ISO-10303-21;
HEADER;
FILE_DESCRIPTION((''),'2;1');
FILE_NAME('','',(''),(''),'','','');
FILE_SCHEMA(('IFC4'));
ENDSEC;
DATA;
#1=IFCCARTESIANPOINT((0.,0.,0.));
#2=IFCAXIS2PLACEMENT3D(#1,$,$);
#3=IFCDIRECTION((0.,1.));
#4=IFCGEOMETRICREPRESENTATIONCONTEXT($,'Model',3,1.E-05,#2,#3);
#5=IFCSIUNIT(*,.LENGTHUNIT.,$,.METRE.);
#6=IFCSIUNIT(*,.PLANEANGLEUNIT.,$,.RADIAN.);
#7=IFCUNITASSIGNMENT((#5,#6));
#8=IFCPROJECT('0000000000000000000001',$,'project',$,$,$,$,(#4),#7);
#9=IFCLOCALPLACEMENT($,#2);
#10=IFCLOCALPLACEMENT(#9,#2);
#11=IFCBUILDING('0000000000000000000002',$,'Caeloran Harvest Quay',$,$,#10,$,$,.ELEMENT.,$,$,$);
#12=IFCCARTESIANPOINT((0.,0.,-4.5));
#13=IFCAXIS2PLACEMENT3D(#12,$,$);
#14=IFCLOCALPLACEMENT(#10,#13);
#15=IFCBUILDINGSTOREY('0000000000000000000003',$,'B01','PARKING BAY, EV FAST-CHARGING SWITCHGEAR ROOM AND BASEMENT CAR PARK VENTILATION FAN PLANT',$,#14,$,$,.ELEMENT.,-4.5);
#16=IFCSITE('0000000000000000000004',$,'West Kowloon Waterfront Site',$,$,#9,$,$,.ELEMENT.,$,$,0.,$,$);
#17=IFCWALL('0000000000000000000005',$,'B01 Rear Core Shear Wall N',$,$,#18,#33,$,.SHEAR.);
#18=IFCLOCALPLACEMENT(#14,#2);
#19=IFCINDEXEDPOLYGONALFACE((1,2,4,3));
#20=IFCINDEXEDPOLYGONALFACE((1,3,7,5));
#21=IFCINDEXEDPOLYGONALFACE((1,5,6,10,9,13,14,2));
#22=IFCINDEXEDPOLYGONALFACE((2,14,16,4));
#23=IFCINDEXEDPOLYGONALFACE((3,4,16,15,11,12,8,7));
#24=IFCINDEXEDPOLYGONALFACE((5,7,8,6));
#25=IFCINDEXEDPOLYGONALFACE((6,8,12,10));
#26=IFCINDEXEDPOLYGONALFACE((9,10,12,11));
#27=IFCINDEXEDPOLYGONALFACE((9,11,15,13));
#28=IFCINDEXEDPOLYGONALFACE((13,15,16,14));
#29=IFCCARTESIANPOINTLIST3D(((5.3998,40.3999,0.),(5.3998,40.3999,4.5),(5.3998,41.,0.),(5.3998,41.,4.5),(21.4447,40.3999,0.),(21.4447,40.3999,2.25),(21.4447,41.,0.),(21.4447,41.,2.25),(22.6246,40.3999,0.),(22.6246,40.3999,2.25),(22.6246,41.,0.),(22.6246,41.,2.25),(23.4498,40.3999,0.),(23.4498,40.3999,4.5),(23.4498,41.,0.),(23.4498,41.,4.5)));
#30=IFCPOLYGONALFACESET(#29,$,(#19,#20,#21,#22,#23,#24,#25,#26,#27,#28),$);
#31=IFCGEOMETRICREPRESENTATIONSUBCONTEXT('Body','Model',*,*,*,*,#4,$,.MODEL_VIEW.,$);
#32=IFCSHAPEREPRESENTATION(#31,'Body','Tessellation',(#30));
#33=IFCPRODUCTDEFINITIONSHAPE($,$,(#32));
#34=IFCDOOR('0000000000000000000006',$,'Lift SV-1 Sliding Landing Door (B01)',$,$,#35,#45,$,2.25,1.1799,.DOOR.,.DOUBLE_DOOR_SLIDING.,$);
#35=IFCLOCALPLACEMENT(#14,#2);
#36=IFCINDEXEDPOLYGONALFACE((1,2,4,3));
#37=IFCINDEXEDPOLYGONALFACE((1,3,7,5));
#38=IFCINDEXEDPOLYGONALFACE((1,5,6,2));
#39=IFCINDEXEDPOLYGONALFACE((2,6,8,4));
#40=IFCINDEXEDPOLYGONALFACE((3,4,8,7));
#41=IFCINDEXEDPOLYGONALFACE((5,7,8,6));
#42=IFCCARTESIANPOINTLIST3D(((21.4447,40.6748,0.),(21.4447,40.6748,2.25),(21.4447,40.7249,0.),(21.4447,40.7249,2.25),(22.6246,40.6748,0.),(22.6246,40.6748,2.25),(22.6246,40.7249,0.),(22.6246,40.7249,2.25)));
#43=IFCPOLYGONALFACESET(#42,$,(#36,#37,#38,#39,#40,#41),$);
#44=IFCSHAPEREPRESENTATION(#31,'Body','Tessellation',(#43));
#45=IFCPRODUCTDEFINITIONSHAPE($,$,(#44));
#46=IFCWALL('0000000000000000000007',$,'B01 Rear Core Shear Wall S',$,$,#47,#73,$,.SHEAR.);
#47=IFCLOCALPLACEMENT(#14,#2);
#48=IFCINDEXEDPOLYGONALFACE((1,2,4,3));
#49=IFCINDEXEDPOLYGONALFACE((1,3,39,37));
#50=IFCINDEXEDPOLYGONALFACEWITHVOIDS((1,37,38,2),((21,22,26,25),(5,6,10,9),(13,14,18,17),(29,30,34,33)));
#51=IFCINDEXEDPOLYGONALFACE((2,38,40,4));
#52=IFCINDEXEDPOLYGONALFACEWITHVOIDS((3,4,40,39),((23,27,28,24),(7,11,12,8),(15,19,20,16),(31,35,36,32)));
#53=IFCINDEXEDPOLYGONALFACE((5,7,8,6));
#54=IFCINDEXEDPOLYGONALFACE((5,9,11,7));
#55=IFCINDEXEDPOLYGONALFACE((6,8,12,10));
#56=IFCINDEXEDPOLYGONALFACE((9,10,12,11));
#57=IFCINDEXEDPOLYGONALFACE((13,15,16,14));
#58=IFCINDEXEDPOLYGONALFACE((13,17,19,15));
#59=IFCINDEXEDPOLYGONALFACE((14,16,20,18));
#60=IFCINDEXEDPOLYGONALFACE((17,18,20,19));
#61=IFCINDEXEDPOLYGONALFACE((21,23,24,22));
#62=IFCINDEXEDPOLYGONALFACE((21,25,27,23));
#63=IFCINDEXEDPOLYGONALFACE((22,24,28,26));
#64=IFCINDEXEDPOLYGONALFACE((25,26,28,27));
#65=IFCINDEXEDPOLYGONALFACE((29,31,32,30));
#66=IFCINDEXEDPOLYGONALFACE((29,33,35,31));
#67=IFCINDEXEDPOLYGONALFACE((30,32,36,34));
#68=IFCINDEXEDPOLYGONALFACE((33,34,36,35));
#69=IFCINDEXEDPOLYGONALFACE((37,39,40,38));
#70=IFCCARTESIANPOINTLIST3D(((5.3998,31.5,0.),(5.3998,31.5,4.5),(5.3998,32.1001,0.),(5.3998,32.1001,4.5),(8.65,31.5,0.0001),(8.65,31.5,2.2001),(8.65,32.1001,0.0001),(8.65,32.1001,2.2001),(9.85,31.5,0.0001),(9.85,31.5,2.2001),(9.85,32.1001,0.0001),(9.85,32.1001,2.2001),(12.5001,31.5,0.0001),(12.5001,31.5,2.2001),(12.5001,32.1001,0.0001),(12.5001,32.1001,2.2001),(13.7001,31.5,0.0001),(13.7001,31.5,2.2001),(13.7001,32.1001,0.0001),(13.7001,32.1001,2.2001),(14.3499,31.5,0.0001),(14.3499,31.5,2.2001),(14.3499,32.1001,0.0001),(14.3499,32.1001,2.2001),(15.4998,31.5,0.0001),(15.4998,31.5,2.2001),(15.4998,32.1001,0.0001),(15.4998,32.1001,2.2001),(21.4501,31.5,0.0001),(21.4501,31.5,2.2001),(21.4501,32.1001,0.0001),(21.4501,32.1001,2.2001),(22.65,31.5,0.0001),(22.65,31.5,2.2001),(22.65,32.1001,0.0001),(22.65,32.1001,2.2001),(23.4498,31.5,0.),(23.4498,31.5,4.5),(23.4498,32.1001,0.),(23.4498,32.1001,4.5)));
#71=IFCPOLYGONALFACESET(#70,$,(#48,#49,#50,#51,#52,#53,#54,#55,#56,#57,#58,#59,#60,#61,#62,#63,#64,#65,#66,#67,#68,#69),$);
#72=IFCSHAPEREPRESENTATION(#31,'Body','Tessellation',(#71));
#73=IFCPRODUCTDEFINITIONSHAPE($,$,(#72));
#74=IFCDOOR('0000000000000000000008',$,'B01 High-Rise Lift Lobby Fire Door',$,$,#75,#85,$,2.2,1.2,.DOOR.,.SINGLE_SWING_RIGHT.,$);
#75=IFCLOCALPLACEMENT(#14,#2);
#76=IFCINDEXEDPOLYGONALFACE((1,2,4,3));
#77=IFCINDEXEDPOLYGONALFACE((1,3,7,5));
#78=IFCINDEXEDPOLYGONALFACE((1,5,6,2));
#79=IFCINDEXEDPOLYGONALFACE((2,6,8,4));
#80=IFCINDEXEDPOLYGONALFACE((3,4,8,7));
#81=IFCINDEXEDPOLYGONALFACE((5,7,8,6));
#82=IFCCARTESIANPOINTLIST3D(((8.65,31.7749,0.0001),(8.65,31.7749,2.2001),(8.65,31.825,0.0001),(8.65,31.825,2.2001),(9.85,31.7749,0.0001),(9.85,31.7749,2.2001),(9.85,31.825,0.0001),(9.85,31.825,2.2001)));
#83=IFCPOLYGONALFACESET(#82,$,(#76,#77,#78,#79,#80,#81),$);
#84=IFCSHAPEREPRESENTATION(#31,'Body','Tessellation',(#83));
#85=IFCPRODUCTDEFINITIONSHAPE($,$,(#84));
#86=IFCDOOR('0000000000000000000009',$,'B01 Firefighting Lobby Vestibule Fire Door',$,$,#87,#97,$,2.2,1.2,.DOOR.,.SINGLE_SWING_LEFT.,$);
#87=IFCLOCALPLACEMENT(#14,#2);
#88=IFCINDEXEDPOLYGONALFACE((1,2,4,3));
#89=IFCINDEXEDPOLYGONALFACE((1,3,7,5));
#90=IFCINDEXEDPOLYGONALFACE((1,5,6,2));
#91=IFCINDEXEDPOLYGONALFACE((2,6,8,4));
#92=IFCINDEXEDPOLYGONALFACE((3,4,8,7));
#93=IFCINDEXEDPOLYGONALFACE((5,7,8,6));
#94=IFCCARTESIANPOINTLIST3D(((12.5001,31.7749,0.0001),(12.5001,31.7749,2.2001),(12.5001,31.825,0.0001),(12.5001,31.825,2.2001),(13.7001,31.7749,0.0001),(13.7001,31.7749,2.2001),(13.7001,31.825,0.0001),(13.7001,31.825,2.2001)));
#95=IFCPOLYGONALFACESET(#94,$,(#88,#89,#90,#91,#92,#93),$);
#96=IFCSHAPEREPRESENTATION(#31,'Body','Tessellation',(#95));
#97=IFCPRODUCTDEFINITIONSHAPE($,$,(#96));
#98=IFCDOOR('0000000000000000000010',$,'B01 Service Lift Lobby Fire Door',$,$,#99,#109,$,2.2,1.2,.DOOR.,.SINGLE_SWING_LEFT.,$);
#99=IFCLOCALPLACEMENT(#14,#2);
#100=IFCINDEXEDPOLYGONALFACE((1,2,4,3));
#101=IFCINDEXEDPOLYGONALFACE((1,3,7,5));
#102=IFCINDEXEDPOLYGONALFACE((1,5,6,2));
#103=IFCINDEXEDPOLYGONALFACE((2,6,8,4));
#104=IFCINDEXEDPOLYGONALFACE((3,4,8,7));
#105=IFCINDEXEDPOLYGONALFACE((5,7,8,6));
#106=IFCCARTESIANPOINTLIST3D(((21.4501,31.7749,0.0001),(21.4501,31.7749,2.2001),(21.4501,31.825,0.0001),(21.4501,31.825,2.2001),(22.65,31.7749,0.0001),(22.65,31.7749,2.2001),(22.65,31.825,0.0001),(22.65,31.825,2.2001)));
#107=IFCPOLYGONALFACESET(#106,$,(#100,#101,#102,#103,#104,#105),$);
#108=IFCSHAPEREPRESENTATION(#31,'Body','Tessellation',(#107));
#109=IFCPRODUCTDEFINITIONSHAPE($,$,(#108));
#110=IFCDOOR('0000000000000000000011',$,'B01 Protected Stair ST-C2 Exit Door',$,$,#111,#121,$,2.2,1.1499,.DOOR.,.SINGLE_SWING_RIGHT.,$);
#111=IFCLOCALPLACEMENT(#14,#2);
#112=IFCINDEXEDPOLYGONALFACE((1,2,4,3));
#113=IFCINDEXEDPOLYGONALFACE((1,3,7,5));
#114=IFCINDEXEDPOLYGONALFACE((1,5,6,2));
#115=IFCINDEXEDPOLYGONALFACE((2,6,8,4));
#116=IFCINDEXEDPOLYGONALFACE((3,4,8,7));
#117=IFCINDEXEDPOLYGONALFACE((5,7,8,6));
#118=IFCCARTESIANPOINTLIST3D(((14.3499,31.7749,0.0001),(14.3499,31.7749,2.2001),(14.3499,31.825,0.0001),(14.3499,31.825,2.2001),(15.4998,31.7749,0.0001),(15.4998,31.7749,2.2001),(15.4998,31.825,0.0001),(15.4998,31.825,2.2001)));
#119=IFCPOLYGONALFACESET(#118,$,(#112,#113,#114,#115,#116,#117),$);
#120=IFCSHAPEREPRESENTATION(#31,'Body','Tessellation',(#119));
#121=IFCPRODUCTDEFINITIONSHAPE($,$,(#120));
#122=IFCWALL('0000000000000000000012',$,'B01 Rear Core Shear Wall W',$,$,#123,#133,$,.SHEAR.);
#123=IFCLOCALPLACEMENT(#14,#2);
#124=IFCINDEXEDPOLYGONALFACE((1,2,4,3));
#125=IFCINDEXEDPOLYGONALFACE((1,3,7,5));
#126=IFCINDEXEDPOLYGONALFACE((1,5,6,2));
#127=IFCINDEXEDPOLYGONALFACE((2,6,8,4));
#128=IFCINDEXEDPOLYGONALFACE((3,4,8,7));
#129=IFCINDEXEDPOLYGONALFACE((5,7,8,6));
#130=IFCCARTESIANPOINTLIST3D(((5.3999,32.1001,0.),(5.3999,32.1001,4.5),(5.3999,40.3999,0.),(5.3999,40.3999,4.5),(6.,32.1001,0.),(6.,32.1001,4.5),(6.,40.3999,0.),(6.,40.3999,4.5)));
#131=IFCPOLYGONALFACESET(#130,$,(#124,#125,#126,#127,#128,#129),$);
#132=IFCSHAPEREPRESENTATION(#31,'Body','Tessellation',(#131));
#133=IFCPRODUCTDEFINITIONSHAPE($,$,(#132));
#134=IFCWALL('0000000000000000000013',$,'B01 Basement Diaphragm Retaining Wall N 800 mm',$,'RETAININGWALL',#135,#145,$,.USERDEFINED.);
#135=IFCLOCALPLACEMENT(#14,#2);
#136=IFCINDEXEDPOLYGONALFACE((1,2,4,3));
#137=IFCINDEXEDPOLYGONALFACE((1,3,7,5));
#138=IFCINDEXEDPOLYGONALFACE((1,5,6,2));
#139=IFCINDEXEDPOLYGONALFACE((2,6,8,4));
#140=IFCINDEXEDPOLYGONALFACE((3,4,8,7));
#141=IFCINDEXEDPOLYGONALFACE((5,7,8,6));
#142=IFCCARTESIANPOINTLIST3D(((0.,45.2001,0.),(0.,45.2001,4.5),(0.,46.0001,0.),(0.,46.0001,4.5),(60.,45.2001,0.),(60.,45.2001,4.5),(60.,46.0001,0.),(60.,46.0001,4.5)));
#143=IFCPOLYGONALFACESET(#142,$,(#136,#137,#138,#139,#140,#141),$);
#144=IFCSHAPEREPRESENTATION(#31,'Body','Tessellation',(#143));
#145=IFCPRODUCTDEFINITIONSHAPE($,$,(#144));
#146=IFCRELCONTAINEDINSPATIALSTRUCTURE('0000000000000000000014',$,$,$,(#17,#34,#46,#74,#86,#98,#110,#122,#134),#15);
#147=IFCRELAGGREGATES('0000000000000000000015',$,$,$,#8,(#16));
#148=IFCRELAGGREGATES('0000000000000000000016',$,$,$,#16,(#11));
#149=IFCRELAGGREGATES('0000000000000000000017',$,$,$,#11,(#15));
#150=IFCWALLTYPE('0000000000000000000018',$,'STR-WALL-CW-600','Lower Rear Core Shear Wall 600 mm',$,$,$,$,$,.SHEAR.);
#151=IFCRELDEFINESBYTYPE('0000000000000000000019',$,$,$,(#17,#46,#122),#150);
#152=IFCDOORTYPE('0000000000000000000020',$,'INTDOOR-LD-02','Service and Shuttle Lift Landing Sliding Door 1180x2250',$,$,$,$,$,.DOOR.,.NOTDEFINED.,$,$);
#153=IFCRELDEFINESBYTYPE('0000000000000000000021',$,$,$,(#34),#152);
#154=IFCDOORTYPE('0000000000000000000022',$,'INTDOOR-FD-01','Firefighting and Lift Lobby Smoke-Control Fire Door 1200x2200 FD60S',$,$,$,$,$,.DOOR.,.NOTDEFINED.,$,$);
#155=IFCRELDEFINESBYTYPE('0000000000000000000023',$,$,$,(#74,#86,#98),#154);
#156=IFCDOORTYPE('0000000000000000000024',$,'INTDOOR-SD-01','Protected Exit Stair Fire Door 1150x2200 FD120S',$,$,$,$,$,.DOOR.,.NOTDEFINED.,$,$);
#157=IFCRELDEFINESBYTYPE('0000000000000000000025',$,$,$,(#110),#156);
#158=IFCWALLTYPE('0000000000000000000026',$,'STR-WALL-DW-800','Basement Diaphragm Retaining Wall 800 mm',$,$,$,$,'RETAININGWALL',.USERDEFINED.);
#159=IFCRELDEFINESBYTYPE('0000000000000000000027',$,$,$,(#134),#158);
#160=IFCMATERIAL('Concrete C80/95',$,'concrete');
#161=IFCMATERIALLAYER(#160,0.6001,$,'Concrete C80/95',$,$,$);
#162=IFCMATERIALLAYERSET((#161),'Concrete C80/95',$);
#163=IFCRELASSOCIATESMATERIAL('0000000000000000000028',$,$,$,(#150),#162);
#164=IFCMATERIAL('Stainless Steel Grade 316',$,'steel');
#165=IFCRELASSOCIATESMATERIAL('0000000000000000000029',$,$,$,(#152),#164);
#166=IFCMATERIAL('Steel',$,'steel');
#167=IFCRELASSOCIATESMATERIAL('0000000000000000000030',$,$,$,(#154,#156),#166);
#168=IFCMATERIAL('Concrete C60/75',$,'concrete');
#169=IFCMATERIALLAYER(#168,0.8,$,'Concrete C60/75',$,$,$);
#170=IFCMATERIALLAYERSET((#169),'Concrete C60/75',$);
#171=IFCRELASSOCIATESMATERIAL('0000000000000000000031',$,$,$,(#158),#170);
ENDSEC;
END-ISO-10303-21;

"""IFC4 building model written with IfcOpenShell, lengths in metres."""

from ifc_helpers import new_model, si_unit, direction, frame, frame_2d, origin, place, context, subcontext, project, spatial, rectangle, extrude, material, layer, layer_set, type_object, element, fill, save


model = new_model("IFC4")

# Units and contexts
model_context = context("Model", 3, precision=1e-05, world=origin(), true_north=direction((0.0, 1.0)))
body_context = subcontext(model_context, "Body", "Model", "MODEL_VIEW")
ifc_project = project(units=[si_unit("LENGTHUNIT", "METRE"), si_unit("PLANEANGLEUNIT", "RADIAN")], contexts=[model_context])

# Site, building, storey
site_placement = place(None, origin())
site = spatial("IfcSite", under=ifc_project, at=site_placement, Name="West Kowloon Waterfront Site", CompositionType="ELEMENT", RefElevation=0.0)
building_placement = place(site_placement, origin())
building = spatial("IfcBuilding", under=site, at=building_placement, Name="Caeloran Harvest Quay", CompositionType="ELEMENT")
storey_placement = place(building_placement, frame((0.0, 0.0, -4.5)))
storey = spatial("IfcBuildingStorey", under=building, at=storey_placement, Name="B01", Description="PARKING BAY, EV FAST-CHARGING SWITCHGEAR ROOM AND BASEMENT CAR PARK VENTILATION FAN PLANT", CompositionType="ELEMENT", Elevation=-4.5)

# Shared definitions
ifc_material_1 = material(Name="Concrete C80/95", Category="concrete")

# Wall, opening, door
ifc_layer_1 = layer(ifc_material_1, 0.6001, Name="Concrete C80/95")
ifc_layer_set_1 = layer_set([ifc_layer_1], Name="Concrete C80/95")
wall_type_1 = type_object("IfcWallType", Name="STR-WALL-CW-600", Description="Lower Rear Core Shear Wall 600 mm", PredefinedType="SHEAR", material=ifc_layer_set_1)
wall_1_placement = place(storey_placement, frame((5.3999, 40.7, 0.0), z_axis=(0.0, 0.0, 1.0), x_axis=(1.0, 0.0, 0.0)))
wall_1 = element("IfcWall", 1, at=wall_1_placement, inside=storey, type_object=wall_type_1, Name="B01 Rear Core Shear Wall N", PredefinedType="SHEAR", context=body_context, shape_type="SweptSolid", body=[
    extrude(rectangle(XDim=18.05, YDim=0.6001, at=frame_2d((9.0249, 0.0))), origin(), (0.0, 0.0, 1.0), 4.5),
])
opening_1_placement = place(wall_1_placement, frame((16.0449, 0.0, 0.0)))
opening_1 = element("IfcOpeningElement", 2, at=opening_1_placement, cuts=wall_1, PredefinedType="OPENING", context=body_context, shape_type="SweptSolid", body=[
    extrude(rectangle(XDim=1.1799, YDim=2.25, at=frame_2d((0.5898, 1.125))), frame((0.0, 0.3101, 0.0), z_axis=(0.0, -1.0, 0.0), x_axis=(1.0, 0.0, 0.0)), (0.0, 0.0, 1.0), 0.6201),
])
ifc_material_2 = material(Name="Stainless Steel Grade 316", Category="steel")
door_type_1 = type_object("IfcDoorType", Name="INTDOOR-LD-02", Description="Service and Shuttle Lift Landing Sliding Door 1180x2250", OperationType="NOTDEFINED", PredefinedType="DOOR", material=ifc_material_2)
door_1_placement = place(opening_1_placement, origin())
door_1 = element("IfcDoor", 3, at=door_1_placement, inside=storey, type_object=door_type_1, Name="Lift SV-1 Sliding Landing Door (B01)", OperationType="DOUBLE_DOOR_SLIDING", OverallHeight=2.25, OverallWidth=1.1799, PredefinedType="DOOR", context=body_context, shape_type="SweptSolid", body=[
    extrude(rectangle(XDim=1.1799, YDim=2.25, at=frame_2d((0.5898, 1.125))), frame((0.0, 0.0249, 0.0), z_axis=(0.0, -1.0, 0.0), x_axis=(1.0, 0.0, 0.0)), (0.0, 0.0, 1.0), 0.05),
])
fill(opening_1, door_1)

# Wall, openings, doors
wall_2_placement = place(storey_placement, frame((5.3999, 31.8, 0.0), z_axis=(0.0, 0.0, 1.0), x_axis=(1.0, 0.0, 0.0)))
wall_2 = element("IfcWall", 4, at=wall_2_placement, inside=storey, type_object=wall_type_1, Name="B01 Rear Core Shear Wall S", PredefinedType="SHEAR", context=body_context, shape_type="SweptSolid", body=[
    extrude(rectangle(XDim=18.05, YDim=0.6001, at=frame_2d((9.0249, 0.0))), origin(), (0.0, 0.0, 1.0), 4.5),
])
opening_2_placement = place(wall_2_placement, frame((3.25, 0.0, 0.0)))
opening_2 = element("IfcOpeningElement", 5, at=opening_2_placement, cuts=wall_2, PredefinedType="OPENING", context=body_context, shape_type="SweptSolid", body=[
    extrude(rectangle(XDim=1.2, YDim=2.2, at=frame_2d((0.6001, 1.1001))), frame((0.0, 0.3101, 0.0), z_axis=(0.0, -1.0, 0.0), x_axis=(1.0, 0.0, 0.0)), (0.0, 0.0, 1.0), 0.6201),
])
opening_3_placement = place(wall_2_placement, frame((7.1001, 0.0, 0.0)))
opening_3 = element("IfcOpeningElement", 6, at=opening_3_placement, cuts=wall_2, PredefinedType="OPENING", context=body_context, shape_type="SweptSolid", body=[
    extrude(rectangle(XDim=1.2, YDim=2.2, at=frame_2d((0.6001, 1.1001))), frame((0.0, 0.3101, 0.0), z_axis=(0.0, -1.0, 0.0), x_axis=(1.0, 0.0, 0.0)), (0.0, 0.0, 1.0), 0.6201),
])
opening_4_placement = place(wall_2_placement, frame((8.95, 0.0, 0.0)))
opening_4 = element("IfcOpeningElement", 7, at=opening_4_placement, cuts=wall_2, PredefinedType="OPENING", context=body_context, shape_type="SweptSolid", body=[
    extrude(rectangle(XDim=1.1499, YDim=2.2, at=frame_2d((0.575, 1.1001))), frame((0.0, 0.3101, 0.0), z_axis=(0.0, -1.0, 0.0), x_axis=(1.0, 0.0, 0.0)), (0.0, 0.0, 1.0), 0.6201),
])
opening_5_placement = place(wall_2_placement, frame((16.05, 0.0, 0.0)))
opening_5 = element("IfcOpeningElement", 8, at=opening_5_placement, cuts=wall_2, PredefinedType="OPENING", context=body_context, shape_type="SweptSolid", body=[
    extrude(rectangle(XDim=1.2, YDim=2.2, at=frame_2d((0.6001, 1.1001))), frame((0.0, 0.3101, 0.0), z_axis=(0.0, -1.0, 0.0), x_axis=(1.0, 0.0, 0.0)), (0.0, 0.0, 1.0), 0.6201),
])
ifc_material_3 = material(Name="Steel", Category="steel")
door_type_2 = type_object("IfcDoorType", Name="INTDOOR-FD-01", Description="Firefighting and Lift Lobby Smoke-Control Fire Door 1200x2200 FD60S", OperationType="NOTDEFINED", PredefinedType="DOOR", material=ifc_material_3)
door_2_placement = place(opening_2_placement, origin())
door_2 = element("IfcDoor", 9, at=door_2_placement, inside=storey, type_object=door_type_2, Name="B01 High-Rise Lift Lobby Fire Door", OperationType="SINGLE_SWING_RIGHT", OverallHeight=2.2, OverallWidth=1.2, PredefinedType="DOOR", context=body_context, shape_type="SweptSolid", body=[
    extrude(rectangle(XDim=1.2, YDim=2.2, at=frame_2d((0.6001, 1.1001))), frame((0.0, 0.0249, 0.0), z_axis=(0.0, -1.0, 0.0), x_axis=(1.0, 0.0, 0.0)), (0.0, 0.0, 1.0), 0.05),
])
fill(opening_2, door_2)
door_3_placement = place(opening_3_placement, origin())
door_3 = element("IfcDoor", 10, at=door_3_placement, inside=storey, type_object=door_type_2, Name="B01 Firefighting Lobby Vestibule Fire Door", OperationType="SINGLE_SWING_LEFT", OverallHeight=2.2, OverallWidth=1.2, PredefinedType="DOOR", context=body_context, shape_type="SweptSolid", body=[
    extrude(rectangle(XDim=1.2, YDim=2.2, at=frame_2d((0.6001, 1.1001))), frame((0.0, 0.0249, 0.0), z_axis=(0.0, -1.0, 0.0), x_axis=(1.0, 0.0, 0.0)), (0.0, 0.0, 1.0), 0.05),
])
fill(opening_3, door_3)
door_4_placement = place(opening_5_placement, origin())
door_4 = element("IfcDoor", 11, at=door_4_placement, inside=storey, type_object=door_type_2, Name="B01 Service Lift Lobby Fire Door", OperationType="SINGLE_SWING_LEFT", OverallHeight=2.2, OverallWidth=1.2, PredefinedType="DOOR", context=body_context, shape_type="SweptSolid", body=[
    extrude(rectangle(XDim=1.2, YDim=2.2, at=frame_2d((0.6001, 1.1001))), frame((0.0, 0.0249, 0.0), z_axis=(0.0, -1.0, 0.0), x_axis=(1.0, 0.0, 0.0)), (0.0, 0.0, 1.0), 0.05),
])
fill(opening_5, door_4)
door_type_3 = type_object("IfcDoorType", Name="INTDOOR-SD-01", Description="Protected Exit Stair Fire Door 1150x2200 FD120S", OperationType="NOTDEFINED", PredefinedType="DOOR", material=ifc_material_3)
door_5_placement = place(opening_4_placement, origin())
door_5 = element("IfcDoor", 12, at=door_5_placement, inside=storey, type_object=door_type_3, Name="B01 Protected Stair ST-C2 Exit Door", OperationType="SINGLE_SWING_RIGHT", OverallHeight=2.2, OverallWidth=1.1499, PredefinedType="DOOR", context=body_context, shape_type="SweptSolid", body=[
    extrude(rectangle(XDim=1.1499, YDim=2.2, at=frame_2d((0.575, 1.1001))), frame((0.0, 0.0249, 0.0), z_axis=(0.0, -1.0, 0.0), x_axis=(1.0, 0.0, 0.0)), (0.0, 0.0, 1.0), 0.05),
])
fill(opening_4, door_5)

# Walls
wall_3_placement = place(storey_placement, frame((5.7, 32.1001, 0.0), z_axis=(0.0, 0.0, 1.0), x_axis=(0.0, 1.0, 0.0)))
element("IfcWall", 13, at=wall_3_placement, inside=storey, type_object=wall_type_1, Name="B01 Rear Core Shear Wall W", PredefinedType="SHEAR", context=body_context, shape_type="SweptSolid", body=[
    extrude(rectangle(XDim=8.2998, YDim=0.6001, at=frame_2d((4.1499, 0.0))), origin(), (0.0, 0.0, 1.0), 4.5),
])
ifc_material_4 = material(Name="Concrete C60/75", Category="concrete")
ifc_layer_2 = layer(ifc_material_4, 0.8, Name="Concrete C60/75")
ifc_layer_set_2 = layer_set([ifc_layer_2], Name="Concrete C60/75")
wall_type_2 = type_object("IfcWallType", Name="STR-WALL-DW-800", Description="Basement Diaphragm Retaining Wall 800 mm", ElementType="RETAININGWALL", PredefinedType="USERDEFINED", material=ifc_layer_set_2)
wall_4_placement = place(storey_placement, frame((0.0, 45.6001, 0.0), z_axis=(0.0, 0.0, 1.0), x_axis=(1.0, 0.0, 0.0)))
element("IfcWall", 14, at=wall_4_placement, inside=storey, type_object=wall_type_2, Name="B01 Basement Diaphragm Retaining Wall N 800 mm", ObjectType="RETAININGWALL", PredefinedType="USERDEFINED", context=body_context, shape_type="SweptSolid", body=[
    extrude(rectangle(XDim=60.0, YDim=0.8, at=frame_2d((30.0, 0.0))), origin(), (0.0, 0.0, 1.0), 4.5),
])

save(model, "model.ifc")
